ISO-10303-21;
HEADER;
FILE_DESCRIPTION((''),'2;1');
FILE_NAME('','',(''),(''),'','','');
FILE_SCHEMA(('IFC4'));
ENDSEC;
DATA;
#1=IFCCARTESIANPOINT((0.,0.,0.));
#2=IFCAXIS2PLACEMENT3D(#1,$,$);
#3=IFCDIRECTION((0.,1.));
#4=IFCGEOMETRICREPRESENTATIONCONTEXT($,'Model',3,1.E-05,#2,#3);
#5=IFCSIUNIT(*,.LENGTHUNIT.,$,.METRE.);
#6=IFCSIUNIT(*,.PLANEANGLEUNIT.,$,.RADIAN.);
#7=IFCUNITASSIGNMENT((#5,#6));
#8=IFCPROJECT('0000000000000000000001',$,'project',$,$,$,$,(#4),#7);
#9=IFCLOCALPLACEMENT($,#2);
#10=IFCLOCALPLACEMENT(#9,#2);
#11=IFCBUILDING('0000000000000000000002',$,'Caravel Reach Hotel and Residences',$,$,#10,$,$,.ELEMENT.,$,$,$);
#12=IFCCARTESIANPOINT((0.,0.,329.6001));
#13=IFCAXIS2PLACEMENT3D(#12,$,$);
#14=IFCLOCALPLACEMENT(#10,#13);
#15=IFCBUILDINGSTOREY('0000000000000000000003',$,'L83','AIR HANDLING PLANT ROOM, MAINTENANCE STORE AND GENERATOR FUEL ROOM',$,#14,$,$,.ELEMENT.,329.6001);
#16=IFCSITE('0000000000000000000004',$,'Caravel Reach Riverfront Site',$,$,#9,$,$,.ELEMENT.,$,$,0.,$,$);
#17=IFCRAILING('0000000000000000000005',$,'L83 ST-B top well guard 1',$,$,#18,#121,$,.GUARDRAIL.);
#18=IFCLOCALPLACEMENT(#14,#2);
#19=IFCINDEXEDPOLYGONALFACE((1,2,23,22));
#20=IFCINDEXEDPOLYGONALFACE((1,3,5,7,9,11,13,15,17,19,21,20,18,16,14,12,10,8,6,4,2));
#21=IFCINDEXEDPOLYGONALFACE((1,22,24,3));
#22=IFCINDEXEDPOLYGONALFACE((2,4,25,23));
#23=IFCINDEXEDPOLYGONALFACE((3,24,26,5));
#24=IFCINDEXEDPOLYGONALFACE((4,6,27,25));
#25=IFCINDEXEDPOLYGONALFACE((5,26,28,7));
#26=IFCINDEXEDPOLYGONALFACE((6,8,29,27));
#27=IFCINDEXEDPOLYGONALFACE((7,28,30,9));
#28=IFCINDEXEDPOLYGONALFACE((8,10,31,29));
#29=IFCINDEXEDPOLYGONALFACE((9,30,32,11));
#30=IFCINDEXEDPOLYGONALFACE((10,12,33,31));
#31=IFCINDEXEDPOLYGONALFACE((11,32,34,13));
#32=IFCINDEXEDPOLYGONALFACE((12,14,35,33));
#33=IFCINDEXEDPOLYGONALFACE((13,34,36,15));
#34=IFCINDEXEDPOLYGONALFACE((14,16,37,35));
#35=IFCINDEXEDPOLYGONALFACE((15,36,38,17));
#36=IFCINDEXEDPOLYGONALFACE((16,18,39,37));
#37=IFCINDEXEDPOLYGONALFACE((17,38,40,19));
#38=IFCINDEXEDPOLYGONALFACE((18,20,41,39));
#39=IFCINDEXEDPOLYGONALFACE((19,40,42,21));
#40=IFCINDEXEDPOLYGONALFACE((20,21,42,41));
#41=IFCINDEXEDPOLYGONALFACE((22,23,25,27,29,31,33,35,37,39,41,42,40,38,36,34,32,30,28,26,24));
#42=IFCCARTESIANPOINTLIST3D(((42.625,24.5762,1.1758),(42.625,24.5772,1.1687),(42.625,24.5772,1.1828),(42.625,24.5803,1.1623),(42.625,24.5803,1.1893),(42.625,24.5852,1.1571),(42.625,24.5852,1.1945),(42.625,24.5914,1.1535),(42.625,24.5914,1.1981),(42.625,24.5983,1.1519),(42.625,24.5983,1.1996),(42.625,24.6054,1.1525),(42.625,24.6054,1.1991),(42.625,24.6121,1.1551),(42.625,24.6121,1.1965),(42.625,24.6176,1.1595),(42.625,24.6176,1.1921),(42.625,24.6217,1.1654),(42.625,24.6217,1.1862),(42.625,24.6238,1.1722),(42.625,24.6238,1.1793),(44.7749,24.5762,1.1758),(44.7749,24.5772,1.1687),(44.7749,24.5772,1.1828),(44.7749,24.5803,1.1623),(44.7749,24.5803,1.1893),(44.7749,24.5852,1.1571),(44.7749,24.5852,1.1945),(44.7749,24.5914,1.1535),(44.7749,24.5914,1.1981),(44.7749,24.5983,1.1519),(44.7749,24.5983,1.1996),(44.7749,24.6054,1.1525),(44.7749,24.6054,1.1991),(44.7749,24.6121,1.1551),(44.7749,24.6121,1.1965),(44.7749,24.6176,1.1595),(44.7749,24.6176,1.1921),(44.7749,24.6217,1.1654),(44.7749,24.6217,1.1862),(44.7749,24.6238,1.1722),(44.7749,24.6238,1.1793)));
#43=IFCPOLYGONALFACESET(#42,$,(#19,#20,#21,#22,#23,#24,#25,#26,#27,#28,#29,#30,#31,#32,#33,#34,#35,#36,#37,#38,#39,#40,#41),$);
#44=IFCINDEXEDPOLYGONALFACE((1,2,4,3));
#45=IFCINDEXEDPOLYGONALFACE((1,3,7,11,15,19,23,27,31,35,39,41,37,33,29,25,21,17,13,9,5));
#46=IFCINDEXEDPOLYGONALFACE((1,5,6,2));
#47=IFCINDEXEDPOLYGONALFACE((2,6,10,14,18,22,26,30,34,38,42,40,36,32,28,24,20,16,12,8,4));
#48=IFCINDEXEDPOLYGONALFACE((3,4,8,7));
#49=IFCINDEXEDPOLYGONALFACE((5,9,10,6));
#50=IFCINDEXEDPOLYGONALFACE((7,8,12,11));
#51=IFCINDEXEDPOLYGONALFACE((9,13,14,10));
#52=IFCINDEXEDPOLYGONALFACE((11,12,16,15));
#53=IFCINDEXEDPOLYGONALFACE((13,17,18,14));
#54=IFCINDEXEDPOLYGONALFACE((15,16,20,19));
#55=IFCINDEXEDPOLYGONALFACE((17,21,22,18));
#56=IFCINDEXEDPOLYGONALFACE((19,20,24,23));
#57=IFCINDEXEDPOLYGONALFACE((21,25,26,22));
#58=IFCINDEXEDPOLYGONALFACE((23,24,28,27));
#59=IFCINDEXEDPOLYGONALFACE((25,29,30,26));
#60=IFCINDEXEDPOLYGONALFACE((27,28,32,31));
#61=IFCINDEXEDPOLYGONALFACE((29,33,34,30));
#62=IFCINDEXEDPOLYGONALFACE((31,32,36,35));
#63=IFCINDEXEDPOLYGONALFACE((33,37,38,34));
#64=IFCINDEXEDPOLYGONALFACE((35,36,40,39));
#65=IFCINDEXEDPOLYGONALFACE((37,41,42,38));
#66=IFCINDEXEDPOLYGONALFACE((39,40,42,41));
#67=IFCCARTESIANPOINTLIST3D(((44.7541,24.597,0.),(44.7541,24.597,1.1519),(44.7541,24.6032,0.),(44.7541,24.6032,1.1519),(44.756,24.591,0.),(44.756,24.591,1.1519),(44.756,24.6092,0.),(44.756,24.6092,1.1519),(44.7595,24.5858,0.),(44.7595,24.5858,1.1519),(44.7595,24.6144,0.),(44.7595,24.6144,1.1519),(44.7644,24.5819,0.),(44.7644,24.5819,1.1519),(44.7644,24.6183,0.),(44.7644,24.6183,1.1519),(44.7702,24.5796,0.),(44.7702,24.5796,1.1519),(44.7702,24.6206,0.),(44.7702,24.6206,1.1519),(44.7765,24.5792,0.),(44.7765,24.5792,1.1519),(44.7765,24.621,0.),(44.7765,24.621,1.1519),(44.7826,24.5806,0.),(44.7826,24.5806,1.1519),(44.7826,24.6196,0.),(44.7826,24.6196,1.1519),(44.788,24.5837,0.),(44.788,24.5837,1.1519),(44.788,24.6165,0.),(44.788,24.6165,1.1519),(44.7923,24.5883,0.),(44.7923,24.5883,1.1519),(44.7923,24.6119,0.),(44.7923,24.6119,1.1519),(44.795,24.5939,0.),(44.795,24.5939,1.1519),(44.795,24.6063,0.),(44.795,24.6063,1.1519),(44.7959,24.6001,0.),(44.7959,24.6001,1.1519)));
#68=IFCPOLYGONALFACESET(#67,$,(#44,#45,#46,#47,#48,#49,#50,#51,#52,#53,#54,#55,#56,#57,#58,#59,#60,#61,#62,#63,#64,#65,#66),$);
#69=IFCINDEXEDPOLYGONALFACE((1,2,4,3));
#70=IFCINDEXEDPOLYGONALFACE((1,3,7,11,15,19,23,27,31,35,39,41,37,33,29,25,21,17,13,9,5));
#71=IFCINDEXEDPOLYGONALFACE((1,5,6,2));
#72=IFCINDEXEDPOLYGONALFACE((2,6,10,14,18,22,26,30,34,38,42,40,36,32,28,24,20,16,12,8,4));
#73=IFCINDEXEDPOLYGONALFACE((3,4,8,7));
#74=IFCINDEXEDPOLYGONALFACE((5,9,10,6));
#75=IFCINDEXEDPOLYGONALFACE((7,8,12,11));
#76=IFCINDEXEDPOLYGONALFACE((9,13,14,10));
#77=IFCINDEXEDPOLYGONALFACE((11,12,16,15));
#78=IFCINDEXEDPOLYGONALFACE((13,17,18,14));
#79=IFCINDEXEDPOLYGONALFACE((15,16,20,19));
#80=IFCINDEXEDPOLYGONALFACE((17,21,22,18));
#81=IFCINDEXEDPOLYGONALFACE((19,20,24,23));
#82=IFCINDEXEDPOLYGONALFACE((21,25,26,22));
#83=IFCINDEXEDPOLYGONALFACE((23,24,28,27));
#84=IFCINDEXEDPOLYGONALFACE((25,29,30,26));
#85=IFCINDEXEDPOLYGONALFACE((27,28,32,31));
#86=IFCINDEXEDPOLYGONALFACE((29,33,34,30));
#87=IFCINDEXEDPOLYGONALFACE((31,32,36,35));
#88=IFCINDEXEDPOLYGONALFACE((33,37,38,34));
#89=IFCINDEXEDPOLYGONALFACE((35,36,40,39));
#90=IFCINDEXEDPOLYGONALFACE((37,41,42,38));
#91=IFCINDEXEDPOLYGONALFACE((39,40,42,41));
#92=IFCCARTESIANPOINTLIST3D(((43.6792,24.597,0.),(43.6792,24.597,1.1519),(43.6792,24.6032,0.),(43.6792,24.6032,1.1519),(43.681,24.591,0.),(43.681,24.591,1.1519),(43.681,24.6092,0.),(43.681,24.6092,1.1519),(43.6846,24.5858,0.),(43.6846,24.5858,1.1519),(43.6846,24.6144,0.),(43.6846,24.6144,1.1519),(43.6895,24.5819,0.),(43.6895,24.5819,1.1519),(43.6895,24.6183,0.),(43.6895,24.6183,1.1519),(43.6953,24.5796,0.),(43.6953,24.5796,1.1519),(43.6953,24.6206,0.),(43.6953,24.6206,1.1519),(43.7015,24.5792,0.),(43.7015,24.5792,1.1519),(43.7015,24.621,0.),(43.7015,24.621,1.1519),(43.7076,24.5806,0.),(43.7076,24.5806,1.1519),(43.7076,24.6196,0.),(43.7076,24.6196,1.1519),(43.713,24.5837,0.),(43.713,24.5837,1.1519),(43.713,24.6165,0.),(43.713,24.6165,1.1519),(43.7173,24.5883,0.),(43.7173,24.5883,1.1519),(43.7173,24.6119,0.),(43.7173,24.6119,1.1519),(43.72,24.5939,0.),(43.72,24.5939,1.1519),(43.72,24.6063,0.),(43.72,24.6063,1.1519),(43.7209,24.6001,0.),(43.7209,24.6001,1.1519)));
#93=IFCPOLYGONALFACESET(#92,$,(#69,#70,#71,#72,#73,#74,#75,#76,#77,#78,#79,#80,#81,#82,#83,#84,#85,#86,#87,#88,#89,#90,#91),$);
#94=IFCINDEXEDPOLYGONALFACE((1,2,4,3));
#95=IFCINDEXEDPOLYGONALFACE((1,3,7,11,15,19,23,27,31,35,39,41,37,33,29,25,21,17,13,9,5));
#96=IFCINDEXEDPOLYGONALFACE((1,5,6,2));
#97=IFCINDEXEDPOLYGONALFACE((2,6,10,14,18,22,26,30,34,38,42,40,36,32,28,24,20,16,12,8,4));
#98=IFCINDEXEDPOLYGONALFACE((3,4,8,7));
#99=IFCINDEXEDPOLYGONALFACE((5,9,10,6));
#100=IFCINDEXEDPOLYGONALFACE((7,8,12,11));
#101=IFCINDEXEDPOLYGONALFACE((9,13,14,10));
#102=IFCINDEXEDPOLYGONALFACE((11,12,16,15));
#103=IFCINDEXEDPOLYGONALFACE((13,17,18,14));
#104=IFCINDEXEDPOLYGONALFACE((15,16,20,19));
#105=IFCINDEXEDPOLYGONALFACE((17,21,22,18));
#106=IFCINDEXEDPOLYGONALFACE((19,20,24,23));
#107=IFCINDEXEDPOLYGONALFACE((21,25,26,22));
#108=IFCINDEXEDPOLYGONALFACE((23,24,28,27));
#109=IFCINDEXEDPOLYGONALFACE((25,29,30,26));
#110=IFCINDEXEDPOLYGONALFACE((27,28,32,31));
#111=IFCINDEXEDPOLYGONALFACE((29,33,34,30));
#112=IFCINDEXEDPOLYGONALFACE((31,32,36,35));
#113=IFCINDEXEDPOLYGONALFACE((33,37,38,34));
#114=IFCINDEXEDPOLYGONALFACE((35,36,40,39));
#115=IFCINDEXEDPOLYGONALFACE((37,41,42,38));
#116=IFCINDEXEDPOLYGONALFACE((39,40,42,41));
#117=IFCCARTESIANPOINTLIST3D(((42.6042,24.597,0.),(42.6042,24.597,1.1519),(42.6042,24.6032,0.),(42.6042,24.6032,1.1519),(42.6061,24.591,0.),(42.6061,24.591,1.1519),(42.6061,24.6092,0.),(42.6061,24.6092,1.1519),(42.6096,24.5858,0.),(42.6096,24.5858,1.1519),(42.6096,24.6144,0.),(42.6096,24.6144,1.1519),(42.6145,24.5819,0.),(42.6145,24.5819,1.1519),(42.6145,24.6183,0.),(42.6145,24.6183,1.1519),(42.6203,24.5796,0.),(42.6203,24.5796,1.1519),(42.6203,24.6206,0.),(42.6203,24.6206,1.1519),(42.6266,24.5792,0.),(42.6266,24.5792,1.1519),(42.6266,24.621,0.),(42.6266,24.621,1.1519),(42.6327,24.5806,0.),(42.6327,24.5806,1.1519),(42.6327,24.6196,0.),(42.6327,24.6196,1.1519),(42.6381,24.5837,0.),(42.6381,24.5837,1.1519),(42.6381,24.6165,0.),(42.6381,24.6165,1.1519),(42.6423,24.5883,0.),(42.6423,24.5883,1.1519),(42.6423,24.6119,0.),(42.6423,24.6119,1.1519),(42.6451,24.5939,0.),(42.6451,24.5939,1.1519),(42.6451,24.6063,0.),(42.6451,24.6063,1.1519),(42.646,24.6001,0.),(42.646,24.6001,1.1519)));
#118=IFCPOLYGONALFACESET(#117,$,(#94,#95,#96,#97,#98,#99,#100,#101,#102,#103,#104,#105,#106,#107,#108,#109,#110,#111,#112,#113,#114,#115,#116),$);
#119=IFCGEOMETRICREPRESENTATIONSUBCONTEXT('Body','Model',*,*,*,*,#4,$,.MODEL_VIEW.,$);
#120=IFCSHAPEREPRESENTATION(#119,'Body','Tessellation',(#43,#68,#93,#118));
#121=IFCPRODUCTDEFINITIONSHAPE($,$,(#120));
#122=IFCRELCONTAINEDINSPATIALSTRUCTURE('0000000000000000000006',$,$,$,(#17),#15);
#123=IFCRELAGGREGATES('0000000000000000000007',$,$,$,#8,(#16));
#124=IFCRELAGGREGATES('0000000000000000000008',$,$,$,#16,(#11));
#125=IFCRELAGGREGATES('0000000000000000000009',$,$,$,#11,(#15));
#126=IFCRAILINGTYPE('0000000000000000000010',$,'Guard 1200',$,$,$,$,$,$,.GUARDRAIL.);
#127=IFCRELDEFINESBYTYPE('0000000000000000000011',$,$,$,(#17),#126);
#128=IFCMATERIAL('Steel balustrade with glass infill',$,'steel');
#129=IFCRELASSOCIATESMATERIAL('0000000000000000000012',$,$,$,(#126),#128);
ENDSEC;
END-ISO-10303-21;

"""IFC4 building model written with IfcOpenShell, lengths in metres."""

from ifc_helpers import new_model, si_unit, direction, frame, origin, origin_2d, place, context, subcontext, project, spatial, circle, extrude, material, type_object, element, save


model = new_model("IFC4")

# Units and contexts
model_context = context("Model", 3, precision=1e-05, world=origin(), true_north=direction((0.0, 1.0)))
body_context = subcontext(model_context, "Body", "Model", "MODEL_VIEW")
ifc_project = project(units=[si_unit("LENGTHUNIT", "METRE"), si_unit("PLANEANGLEUNIT", "RADIAN")], contexts=[model_context])

# Site, building, storey
site_placement = place(None, origin())
site = spatial("IfcSite", under=ifc_project, at=site_placement, Name="Caravel Reach Riverfront Site", CompositionType="ELEMENT", RefElevation=0.0)
building_placement = place(site_placement, origin())
building = spatial("IfcBuilding", under=site, at=building_placement, Name="Caravel Reach Hotel and Residences", CompositionType="ELEMENT")
storey_placement = place(building_placement, frame((0.0, 0.0, 329.6001)))
storey = spatial("IfcBuildingStorey", under=building, at=storey_placement, Name="L83", Description="AIR HANDLING PLANT ROOM, MAINTENANCE STORE AND GENERATOR FUEL ROOM", CompositionType="ELEMENT", Elevation=329.6001)

# Railing
ifc_material_1 = material(Name="Steel balustrade with glass infill", Category="steel")
railing_type = type_object("IfcRailingType", Name="Guard 1200", PredefinedType="GUARDRAIL", material=ifc_material_1)
railing_1_placement = place(storey_placement, frame((44.7749, 24.6001, 0.0)))
element("IfcRailing", 1, at=railing_1_placement, inside=storey, type_object=railing_type, Name="L83 ST-B top well guard 1", PredefinedType="GUARDRAIL", context=body_context, shape_type="SweptSolid", body=[
    extrude(circle(Radius=0.0239, at=origin_2d()), frame((0.0, 0.0, 1.1758), z_axis=(-1.0, 0.0, 0.0), x_axis=(0.0, -1.0, 0.0)), (0.0, 0.0, 1.0), 2.1499),
    extrude(circle(Radius=0.021, at=origin_2d()), origin(), (0.0, 0.0, 1.0), 1.1519),
    extrude(circle(Radius=0.021, at=origin_2d()), frame((-1.075, 0.0, 0.0)), (0.0, 0.0, 1.0), 1.1519),
    extrude(circle(Radius=0.021, at=origin_2d()), frame((-2.1499, 0.0, 0.0)), (0.0, 0.0, 1.0), 1.1519),
])

save(model, "model.ifc")
